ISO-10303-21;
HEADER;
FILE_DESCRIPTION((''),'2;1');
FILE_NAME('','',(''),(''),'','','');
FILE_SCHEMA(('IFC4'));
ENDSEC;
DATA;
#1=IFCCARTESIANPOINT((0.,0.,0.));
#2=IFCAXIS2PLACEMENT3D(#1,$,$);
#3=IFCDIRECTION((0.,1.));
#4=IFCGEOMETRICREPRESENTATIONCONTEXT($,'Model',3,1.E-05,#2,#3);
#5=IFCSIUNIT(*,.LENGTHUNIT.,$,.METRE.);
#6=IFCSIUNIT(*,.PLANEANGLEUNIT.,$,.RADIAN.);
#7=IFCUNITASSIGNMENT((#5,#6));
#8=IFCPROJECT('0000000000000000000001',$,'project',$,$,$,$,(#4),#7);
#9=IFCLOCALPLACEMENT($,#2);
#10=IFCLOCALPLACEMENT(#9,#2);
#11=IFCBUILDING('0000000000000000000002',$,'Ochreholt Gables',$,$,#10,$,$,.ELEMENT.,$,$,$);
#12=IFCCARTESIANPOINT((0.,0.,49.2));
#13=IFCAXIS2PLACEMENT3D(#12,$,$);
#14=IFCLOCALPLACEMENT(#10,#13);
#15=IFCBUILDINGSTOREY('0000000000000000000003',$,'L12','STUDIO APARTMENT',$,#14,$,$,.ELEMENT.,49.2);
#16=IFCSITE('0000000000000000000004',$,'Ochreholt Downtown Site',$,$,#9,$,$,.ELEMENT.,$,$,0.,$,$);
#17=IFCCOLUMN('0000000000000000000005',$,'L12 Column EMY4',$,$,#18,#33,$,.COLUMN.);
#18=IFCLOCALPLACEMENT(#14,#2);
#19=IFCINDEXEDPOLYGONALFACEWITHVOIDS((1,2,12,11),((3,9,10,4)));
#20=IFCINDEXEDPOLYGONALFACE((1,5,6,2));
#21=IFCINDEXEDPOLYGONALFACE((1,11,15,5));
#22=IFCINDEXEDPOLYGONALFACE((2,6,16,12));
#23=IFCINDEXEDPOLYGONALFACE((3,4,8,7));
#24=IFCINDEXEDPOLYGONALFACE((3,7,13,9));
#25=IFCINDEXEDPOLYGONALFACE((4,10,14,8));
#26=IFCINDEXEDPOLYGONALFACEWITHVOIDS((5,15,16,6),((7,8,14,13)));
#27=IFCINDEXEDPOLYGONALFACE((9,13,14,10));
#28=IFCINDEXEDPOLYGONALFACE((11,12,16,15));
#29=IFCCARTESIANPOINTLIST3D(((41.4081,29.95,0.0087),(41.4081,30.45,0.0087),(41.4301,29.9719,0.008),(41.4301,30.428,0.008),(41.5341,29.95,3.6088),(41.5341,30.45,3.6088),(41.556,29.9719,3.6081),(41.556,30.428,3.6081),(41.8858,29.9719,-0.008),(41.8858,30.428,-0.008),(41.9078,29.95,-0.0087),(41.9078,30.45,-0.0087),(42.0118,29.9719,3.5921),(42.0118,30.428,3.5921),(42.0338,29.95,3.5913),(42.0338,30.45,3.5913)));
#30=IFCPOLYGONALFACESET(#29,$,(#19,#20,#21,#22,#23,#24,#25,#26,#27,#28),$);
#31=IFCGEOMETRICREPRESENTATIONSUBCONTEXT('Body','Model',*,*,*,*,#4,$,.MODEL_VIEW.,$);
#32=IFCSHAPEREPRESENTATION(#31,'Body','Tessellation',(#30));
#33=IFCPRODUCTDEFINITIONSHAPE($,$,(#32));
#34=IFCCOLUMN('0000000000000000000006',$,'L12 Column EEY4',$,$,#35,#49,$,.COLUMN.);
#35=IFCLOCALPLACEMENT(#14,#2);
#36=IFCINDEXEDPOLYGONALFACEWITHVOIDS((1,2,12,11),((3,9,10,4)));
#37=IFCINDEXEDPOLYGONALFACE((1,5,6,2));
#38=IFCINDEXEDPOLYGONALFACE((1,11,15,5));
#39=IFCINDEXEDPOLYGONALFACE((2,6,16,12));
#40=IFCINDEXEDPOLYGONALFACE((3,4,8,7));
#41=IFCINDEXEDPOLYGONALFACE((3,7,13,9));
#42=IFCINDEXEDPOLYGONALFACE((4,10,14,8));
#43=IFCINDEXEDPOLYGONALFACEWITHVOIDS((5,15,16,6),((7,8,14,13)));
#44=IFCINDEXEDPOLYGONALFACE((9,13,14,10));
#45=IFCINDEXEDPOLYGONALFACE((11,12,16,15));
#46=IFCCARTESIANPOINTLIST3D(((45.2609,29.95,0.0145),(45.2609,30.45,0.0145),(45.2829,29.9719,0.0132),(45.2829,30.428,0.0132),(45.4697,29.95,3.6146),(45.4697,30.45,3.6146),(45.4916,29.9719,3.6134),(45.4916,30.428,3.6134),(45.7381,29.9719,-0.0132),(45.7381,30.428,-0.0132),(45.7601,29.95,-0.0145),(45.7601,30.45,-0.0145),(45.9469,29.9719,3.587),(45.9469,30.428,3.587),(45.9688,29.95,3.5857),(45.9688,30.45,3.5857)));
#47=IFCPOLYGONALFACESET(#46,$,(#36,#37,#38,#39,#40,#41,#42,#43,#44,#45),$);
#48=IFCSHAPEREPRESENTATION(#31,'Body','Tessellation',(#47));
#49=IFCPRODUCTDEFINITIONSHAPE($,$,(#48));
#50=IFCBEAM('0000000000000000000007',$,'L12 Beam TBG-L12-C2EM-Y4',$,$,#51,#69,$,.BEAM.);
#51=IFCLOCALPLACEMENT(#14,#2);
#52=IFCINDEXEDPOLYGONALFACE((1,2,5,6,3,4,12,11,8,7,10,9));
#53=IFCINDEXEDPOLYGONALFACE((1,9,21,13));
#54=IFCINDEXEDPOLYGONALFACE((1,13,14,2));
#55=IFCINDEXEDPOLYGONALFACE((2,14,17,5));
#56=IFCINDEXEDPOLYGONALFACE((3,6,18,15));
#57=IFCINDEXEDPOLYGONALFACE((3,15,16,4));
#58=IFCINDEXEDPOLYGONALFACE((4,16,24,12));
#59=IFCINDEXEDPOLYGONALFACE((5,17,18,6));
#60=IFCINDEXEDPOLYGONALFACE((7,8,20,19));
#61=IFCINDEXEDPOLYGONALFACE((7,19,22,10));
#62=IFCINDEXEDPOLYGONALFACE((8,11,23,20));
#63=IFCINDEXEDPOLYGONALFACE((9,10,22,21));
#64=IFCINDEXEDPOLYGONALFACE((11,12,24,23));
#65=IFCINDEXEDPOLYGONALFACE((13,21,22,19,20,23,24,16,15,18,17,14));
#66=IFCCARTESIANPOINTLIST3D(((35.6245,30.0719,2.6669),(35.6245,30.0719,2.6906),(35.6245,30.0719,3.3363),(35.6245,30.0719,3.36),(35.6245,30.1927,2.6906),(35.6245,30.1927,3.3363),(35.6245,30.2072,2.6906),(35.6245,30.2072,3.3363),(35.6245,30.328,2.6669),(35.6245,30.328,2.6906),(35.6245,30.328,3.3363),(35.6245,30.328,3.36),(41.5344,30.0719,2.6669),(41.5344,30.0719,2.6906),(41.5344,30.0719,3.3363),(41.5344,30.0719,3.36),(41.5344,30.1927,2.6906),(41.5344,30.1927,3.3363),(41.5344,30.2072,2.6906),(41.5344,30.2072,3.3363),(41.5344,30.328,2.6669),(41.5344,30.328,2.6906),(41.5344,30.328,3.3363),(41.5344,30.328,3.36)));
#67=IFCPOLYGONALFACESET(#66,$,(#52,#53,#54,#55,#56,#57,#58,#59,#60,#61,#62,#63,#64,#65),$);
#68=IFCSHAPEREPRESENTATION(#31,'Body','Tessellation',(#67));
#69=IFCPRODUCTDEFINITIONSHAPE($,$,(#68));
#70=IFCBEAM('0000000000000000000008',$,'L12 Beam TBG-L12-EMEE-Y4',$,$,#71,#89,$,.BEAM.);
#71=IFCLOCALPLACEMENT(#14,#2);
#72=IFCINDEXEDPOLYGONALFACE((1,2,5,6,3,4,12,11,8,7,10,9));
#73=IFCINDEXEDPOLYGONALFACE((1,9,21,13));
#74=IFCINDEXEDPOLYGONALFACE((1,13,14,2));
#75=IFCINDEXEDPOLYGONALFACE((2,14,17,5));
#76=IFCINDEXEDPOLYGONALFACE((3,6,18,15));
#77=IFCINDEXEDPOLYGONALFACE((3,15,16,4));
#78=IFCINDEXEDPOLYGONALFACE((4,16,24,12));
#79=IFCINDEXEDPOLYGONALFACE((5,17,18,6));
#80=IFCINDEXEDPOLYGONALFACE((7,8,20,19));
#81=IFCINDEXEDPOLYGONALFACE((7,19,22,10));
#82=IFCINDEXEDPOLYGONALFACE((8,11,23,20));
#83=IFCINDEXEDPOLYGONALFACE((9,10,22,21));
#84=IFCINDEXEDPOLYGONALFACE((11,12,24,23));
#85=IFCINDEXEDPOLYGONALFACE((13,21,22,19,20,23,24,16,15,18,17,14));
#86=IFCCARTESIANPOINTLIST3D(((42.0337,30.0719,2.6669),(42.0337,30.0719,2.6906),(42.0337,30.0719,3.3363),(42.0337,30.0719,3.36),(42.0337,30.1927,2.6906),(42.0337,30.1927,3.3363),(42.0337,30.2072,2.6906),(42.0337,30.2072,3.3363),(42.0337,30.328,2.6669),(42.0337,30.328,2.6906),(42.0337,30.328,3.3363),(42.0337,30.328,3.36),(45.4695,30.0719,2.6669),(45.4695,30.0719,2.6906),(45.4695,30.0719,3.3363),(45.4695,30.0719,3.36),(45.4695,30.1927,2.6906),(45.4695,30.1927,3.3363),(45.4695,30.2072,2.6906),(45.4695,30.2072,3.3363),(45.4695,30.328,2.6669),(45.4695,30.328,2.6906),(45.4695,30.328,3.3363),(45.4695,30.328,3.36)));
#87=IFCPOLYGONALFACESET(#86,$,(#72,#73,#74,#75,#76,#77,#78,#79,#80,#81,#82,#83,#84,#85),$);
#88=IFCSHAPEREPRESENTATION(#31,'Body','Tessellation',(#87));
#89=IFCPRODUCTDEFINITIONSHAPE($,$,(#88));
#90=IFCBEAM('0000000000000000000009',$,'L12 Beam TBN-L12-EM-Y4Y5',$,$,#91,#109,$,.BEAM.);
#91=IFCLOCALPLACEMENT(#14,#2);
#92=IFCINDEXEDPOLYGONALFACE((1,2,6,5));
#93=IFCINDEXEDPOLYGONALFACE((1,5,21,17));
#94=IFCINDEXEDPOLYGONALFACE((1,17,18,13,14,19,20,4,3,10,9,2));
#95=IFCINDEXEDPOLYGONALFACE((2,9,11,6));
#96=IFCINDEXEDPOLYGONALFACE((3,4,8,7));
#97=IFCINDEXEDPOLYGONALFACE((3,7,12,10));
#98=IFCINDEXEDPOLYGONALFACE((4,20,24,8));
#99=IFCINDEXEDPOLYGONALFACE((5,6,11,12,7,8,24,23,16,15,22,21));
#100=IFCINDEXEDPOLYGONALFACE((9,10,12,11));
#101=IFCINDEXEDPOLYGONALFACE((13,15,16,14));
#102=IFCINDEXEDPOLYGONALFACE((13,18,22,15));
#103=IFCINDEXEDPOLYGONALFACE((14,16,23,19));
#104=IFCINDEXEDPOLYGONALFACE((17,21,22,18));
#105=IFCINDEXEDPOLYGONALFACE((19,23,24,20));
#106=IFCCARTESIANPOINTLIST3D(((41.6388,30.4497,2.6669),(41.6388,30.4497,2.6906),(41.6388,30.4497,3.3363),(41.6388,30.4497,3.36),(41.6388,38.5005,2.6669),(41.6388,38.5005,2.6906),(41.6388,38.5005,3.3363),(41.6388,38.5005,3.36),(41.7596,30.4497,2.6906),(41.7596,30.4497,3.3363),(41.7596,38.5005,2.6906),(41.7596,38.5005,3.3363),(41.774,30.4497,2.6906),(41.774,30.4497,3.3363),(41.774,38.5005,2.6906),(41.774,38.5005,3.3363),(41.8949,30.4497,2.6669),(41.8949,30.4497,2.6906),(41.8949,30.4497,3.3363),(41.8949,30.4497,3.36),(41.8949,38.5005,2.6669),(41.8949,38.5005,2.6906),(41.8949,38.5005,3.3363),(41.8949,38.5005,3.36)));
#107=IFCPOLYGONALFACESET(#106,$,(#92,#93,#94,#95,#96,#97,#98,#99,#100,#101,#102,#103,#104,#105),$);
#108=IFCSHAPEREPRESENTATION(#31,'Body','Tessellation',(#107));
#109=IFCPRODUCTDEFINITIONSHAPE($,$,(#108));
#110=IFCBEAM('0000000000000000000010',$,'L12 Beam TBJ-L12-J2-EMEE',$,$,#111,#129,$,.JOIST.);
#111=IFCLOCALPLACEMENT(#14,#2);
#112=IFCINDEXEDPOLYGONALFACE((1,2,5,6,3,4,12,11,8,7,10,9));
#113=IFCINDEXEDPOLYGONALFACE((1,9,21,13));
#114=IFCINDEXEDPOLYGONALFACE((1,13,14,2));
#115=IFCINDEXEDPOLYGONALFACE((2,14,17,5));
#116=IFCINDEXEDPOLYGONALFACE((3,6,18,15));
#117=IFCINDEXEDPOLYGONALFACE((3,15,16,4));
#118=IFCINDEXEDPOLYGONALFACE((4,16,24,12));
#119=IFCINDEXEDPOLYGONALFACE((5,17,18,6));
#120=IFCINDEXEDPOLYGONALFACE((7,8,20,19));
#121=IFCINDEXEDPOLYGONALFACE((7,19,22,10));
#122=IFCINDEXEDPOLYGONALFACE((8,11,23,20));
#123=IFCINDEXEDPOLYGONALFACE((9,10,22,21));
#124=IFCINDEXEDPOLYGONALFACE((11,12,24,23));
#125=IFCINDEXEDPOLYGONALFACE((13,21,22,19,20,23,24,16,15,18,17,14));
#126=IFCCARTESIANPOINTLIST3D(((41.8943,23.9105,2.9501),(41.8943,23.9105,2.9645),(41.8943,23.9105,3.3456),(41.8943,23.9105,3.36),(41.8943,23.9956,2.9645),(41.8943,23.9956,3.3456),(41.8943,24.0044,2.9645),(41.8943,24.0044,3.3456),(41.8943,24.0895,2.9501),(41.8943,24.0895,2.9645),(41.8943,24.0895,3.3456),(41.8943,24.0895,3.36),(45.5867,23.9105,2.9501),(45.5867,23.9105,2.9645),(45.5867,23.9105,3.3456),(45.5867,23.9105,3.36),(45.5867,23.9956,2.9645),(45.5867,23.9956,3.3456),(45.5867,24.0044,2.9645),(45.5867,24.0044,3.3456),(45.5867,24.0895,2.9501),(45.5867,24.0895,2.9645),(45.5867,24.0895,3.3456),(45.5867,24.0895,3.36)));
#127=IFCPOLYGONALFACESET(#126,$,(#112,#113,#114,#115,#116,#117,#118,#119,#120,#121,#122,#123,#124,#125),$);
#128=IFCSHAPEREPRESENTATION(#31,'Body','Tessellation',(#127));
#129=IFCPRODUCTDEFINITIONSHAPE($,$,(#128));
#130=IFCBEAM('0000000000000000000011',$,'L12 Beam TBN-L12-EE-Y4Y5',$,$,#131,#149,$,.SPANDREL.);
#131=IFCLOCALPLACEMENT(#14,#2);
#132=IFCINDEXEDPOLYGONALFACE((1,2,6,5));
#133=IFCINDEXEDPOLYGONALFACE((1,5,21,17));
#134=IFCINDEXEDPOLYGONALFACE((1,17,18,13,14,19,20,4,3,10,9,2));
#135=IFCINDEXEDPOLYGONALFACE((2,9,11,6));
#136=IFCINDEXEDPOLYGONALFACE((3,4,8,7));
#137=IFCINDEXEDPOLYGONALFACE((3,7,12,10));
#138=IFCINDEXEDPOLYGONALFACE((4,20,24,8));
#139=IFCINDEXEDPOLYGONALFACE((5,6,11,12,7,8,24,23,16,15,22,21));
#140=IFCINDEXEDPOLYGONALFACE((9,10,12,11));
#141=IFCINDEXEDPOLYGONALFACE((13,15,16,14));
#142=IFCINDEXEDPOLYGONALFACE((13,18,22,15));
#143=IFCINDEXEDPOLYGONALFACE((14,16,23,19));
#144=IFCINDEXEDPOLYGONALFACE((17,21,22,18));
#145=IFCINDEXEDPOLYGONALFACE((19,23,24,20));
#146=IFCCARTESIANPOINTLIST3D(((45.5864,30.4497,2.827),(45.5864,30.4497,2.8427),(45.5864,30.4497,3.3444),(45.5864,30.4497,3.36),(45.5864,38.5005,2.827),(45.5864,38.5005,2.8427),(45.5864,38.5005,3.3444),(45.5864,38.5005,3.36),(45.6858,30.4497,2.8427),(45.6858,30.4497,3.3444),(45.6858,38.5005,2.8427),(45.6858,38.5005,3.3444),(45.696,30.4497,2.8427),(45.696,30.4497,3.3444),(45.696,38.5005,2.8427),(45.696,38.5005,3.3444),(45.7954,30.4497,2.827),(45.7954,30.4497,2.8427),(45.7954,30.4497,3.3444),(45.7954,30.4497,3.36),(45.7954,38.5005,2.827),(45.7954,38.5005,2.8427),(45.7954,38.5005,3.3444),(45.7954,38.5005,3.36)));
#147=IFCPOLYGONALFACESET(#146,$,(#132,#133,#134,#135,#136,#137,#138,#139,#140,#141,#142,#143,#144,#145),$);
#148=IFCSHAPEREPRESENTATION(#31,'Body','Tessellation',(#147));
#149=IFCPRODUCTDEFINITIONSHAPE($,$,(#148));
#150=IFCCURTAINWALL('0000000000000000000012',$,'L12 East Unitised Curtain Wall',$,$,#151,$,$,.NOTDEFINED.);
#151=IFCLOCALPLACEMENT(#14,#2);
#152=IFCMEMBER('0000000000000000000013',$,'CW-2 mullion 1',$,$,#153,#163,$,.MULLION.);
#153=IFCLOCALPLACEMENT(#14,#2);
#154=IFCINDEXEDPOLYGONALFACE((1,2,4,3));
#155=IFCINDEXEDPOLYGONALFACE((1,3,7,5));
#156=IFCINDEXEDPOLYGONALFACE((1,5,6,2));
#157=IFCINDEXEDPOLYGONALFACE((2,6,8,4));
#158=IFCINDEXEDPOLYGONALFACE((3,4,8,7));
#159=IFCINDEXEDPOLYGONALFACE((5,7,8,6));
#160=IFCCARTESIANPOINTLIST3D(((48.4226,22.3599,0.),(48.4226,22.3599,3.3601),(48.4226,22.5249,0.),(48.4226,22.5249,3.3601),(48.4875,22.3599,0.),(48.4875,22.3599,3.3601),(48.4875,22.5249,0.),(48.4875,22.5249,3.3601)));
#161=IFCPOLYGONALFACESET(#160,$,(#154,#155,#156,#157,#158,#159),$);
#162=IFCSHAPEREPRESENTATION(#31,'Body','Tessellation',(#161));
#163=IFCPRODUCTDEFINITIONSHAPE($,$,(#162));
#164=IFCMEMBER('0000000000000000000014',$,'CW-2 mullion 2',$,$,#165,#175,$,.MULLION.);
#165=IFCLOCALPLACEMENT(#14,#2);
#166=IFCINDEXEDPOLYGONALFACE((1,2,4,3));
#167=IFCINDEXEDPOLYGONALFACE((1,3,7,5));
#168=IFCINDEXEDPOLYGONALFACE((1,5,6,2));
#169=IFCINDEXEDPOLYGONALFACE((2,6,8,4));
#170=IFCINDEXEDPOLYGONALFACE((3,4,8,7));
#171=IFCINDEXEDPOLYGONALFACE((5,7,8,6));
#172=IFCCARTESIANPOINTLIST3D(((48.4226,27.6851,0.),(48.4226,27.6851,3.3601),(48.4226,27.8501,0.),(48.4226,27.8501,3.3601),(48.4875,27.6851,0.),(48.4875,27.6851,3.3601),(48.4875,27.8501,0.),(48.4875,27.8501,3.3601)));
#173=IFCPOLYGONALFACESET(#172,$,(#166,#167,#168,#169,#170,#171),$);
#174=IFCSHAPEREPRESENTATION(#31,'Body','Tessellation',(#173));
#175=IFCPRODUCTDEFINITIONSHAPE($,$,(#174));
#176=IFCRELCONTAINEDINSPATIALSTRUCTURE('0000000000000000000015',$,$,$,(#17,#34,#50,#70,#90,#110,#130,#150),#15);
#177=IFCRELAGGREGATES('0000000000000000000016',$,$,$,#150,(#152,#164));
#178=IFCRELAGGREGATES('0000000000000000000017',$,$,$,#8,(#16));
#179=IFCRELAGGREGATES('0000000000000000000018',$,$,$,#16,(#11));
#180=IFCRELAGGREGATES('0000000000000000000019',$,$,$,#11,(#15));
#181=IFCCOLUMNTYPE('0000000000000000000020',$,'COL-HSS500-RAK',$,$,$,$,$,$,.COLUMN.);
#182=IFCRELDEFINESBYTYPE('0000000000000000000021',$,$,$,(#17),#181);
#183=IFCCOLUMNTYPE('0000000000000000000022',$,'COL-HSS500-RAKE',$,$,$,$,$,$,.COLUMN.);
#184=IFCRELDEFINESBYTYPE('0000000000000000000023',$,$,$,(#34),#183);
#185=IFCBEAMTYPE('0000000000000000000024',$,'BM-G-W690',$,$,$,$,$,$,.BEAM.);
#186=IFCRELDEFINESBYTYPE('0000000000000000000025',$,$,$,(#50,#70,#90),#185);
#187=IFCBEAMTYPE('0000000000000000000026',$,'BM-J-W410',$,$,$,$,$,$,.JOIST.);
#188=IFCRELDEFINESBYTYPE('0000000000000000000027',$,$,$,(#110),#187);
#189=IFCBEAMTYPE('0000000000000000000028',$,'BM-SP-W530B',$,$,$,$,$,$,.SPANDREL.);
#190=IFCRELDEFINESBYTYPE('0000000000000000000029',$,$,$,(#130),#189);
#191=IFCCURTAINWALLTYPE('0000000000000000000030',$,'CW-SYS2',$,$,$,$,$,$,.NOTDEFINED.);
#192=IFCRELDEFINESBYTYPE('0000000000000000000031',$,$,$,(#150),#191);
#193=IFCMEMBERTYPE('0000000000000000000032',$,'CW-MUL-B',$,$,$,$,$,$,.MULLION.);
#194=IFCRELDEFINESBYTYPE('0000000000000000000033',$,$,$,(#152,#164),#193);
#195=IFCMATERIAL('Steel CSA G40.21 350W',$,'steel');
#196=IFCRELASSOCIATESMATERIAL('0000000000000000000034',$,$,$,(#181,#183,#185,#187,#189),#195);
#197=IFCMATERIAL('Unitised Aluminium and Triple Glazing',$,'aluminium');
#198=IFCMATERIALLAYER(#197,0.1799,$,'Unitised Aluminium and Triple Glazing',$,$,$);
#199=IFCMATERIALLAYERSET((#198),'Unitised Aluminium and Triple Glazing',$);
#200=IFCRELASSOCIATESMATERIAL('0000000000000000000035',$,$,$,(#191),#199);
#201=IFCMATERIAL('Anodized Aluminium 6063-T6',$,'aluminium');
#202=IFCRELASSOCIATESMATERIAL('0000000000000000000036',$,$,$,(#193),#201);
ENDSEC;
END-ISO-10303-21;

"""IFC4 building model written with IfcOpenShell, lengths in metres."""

from ifc_helpers import new_model, si_unit, direction, frame, origin, origin_2d, place, context, subcontext, project, spatial, rectangle, hollow_rectangle, i_section, extrude, material, layer, layer_set, material_profile, profile_set, type_object, element, aggregate, save


model = new_model("IFC4")

# Units and contexts
model_context = context("Model", 3, precision=1e-05, world=origin(), true_north=direction((0.0, 1.0)))
body_context = subcontext(model_context, "Body", "Model", "MODEL_VIEW")
ifc_project = project(units=[si_unit("LENGTHUNIT", "METRE"), si_unit("PLANEANGLEUNIT", "RADIAN")], contexts=[model_context])

# Site, building, storey
site_placement = place(None, origin())
site = spatial("IfcSite", under=ifc_project, at=site_placement, Name="Ochreholt Downtown Site", CompositionType="ELEMENT", RefElevation=0.0)
building_placement = place(site_placement, origin())
building = spatial("IfcBuilding", under=site, at=building_placement, Name="Ochreholt Gables", CompositionType="ELEMENT")
storey_placement = place(building_placement, frame((0.0, 0.0, 49.2)))
storey = spatial("IfcBuildingStorey", under=building, at=storey_placement, Name="L12", Description="STUDIO APARTMENT", CompositionType="ELEMENT", Elevation=49.2)

# Columns
ifc_material_1 = material(Name="Steel CSA G40.21 350W", Category="steel")
ifc_material_profile_1 = material_profile(ifc_material_1, hollow_rectangle(XDim=0.5, YDim=0.5, WallThickness=0.022, at=origin_2d()), Name="HSS500X500X22")
ifc_profile_set_1 = profile_set([ifc_material_profile_1], Name="Steel CSA G40.21 350W")
column_type_1 = type_object("IfcColumnType", Name="COL-HSS500-RAK", PredefinedType="COLUMN", material=ifc_profile_set_1)
column_1_placement = place(storey_placement, frame((41.658, 30.2, 0.0), z_axis=(0.034971, 0.0, 0.999388), x_axis=(0.0, 1.0, 0.0)))
element("IfcColumn", 1, at=column_1_placement, inside=storey, type_object=column_type_1, Name="L12 Column EMY4", PredefinedType="COLUMN", context=body_context, shape_type="SweptSolid", body=[
    extrude(hollow_rectangle(XDim=0.5, YDim=0.5, WallThickness=0.022, at=origin_2d()), origin(), (0.0, 0.0, 1.0), 3.6023),
])
ifc_material_profile_2 = material_profile(ifc_material_1, hollow_rectangle(XDim=0.5, YDim=0.5, WallThickness=0.022, at=origin_2d()), Name="HSS500X500X22")
ifc_profile_set_2 = profile_set([ifc_material_profile_2], Name="Steel CSA G40.21 350W")
column_type_2 = type_object("IfcColumnType", Name="COL-HSS500-RAKE", PredefinedType="COLUMN", material=ifc_profile_set_2)
column_2_placement = place(storey_placement, frame((45.5105, 30.2, 0.0), z_axis=(0.057885, 0.0, 0.998323), x_axis=(0.0, 1.0, 0.0)))
element("IfcColumn", 2, at=column_2_placement, inside=storey, type_object=column_type_2, Name="L12 Column EEY4", PredefinedType="COLUMN", context=body_context, shape_type="SweptSolid", body=[
    extrude(hollow_rectangle(XDim=0.5, YDim=0.5, WallThickness=0.022, at=origin_2d()), origin(), (0.0, 0.0, 1.0), 3.6062),
])

# Beams
ifc_material_profile_3 = material_profile(ifc_material_1, i_section(OverallWidth=0.2561, OverallDepth=0.6931, WebThickness=0.0144, FlangeThickness=0.0237, at=origin_2d()), Name="W690X170")
ifc_profile_set_3 = profile_set([ifc_material_profile_3], Name="Steel CSA G40.21 350W")
beam_type_1 = type_object("IfcBeamType", Name="BM-G-W690", PredefinedType="BEAM", material=ifc_profile_set_3)
beam_1_placement = place(storey_placement, frame((35.6245, 30.2, 3.0134), z_axis=(1.0, 0.0, 0.0), x_axis=(0.0, 1.0, 0.0)))
element("IfcBeam", 3, at=beam_1_placement, inside=storey, type_object=beam_type_1, Name="L12 Beam TBG-L12-C2EM-Y4", PredefinedType="BEAM", context=body_context, shape_type="SweptSolid", body=[
    extrude(i_section(OverallWidth=0.2561, OverallDepth=0.6931, WebThickness=0.0144, FlangeThickness=0.0237, at=origin_2d()), origin(), (0.0, 0.0, 1.0), 5.9099),
])
beam_2_placement = place(storey_placement, frame((42.0337, 30.2, 3.0134), z_axis=(1.0, 0.0, 0.0), x_axis=(0.0, 1.0, 0.0)))
element("IfcBeam", 4, at=beam_2_placement, inside=storey, type_object=beam_type_1, Name="L12 Beam TBG-L12-EMEE-Y4", PredefinedType="BEAM", context=body_context, shape_type="SweptSolid", body=[
    extrude(i_section(OverallWidth=0.2561, OverallDepth=0.6931, WebThickness=0.0144, FlangeThickness=0.0237, at=origin_2d()), origin(), (0.0, 0.0, 1.0), 3.4358),
])
beam_3_placement = place(storey_placement, frame((41.7668, 30.4497, 3.0134), z_axis=(0.0, 1.0, 0.0), x_axis=(-1.0, 0.0, 0.0)))
element("IfcBeam", 5, at=beam_3_placement, inside=storey, type_object=beam_type_1, Name="L12 Beam TBN-L12-EM-Y4Y5", PredefinedType="BEAM", context=body_context, shape_type="SweptSolid", body=[
    extrude(i_section(OverallWidth=0.2561, OverallDepth=0.6931, WebThickness=0.0144, FlangeThickness=0.0237, at=origin_2d()), origin(), (0.0, 0.0, 1.0), 8.0508),
])
ifc_material_profile_4 = material_profile(ifc_material_1, i_section(OverallWidth=0.179, OverallDepth=0.4099, WebThickness=0.0088, FlangeThickness=0.0144, at=origin_2d()), Name="W410X67")
ifc_profile_set_4 = profile_set([ifc_material_profile_4], Name="Steel CSA G40.21 350W")
beam_type_2 = type_object("IfcBeamType", Name="BM-J-W410", PredefinedType="JOIST", material=ifc_profile_set_4)
beam_4_placement = place(storey_placement, frame((41.8943, 24.0, 3.155), z_axis=(1.0, 0.0, 0.0), x_axis=(0.0, 1.0, 0.0)))
element("IfcBeam", 6, at=beam_4_placement, inside=storey, type_object=beam_type_2, Name="L12 Beam TBJ-L12-J2-EMEE", PredefinedType="JOIST", context=body_context, shape_type="SweptSolid", body=[
    extrude(i_section(OverallWidth=0.179, OverallDepth=0.4099, WebThickness=0.0088, FlangeThickness=0.0144, at=origin_2d()), origin(), (0.0, 0.0, 1.0), 3.6924),
])
ifc_material_profile_5 = material_profile(ifc_material_1, i_section(OverallWidth=0.209, OverallDepth=0.533, WebThickness=0.0103, FlangeThickness=0.0156, at=origin_2d()), Name="W530X92")
ifc_profile_set_5 = profile_set([ifc_material_profile_5], Name="Steel CSA G40.21 350W")
beam_type_3 = type_object("IfcBeamType", Name="BM-SP-W530B", PredefinedType="SPANDREL", material=ifc_profile_set_5)
beam_5_placement = place(storey_placement, frame((45.6909, 30.4497, 3.0935), z_axis=(0.0, 1.0, 0.0), x_axis=(-1.0, 0.0, 0.0)))
element("IfcBeam", 7, at=beam_5_placement, inside=storey, type_object=beam_type_3, Name="L12 Beam TBN-L12-EE-Y4Y5", PredefinedType="SPANDREL", context=body_context, shape_type="SweptSolid", body=[
    extrude(i_section(OverallWidth=0.209, OverallDepth=0.533, WebThickness=0.0103, FlangeThickness=0.0156, at=origin_2d()), origin(), (0.0, 0.0, 1.0), 8.0508),
])

# Curtain wall, members
ifc_material_2 = material(Name="Unitised Aluminium and Triple Glazing", Category="aluminium")
ifc_layer_1 = layer(ifc_material_2, 0.1799, Name="Unitised Aluminium and Triple Glazing")
ifc_layer_set_1 = layer_set([ifc_layer_1], Name="Unitised Aluminium and Triple Glazing")
curtain_wall_type = type_object("IfcCurtainWallType", Name="CW-SYS2", PredefinedType="NOTDEFINED", material=ifc_layer_set_1)
curtain_wall_placement = place(storey_placement, origin())
curtain_wall = element("IfcCurtainWall", 8, at=curtain_wall_placement, inside=storey, type_object=curtain_wall_type, Name="L12 East Unitised Curtain Wall", PredefinedType="NOTDEFINED")
ifc_material_3 = material(Name="Anodized Aluminium 6063-T6", Category="aluminium")
ifc_material_profile_6 = material_profile(ifc_material_3, rectangle(XDim=0.0649, YDim=0.165, at=origin_2d()), Name="CWM65X165")
ifc_profile_set_6 = profile_set([ifc_material_profile_6], Name="Anodized Aluminium 6063-T6")
member_type_1 = type_object("IfcMemberType", Name="CW-MUL-B", PredefinedType="MULLION", material=ifc_profile_set_6)
member_1_placement = place(storey_placement, frame((48.4551, 22.4424, 0.0), z_axis=(0.0, 0.0, 1.0), x_axis=(-1.0, 0.0, 0.0)))
member_1 = element("IfcMember", 9, at=member_1_placement, type_object=member_type_1, Name="CW-2 mullion 1", PredefinedType="MULLION", context=body_context, shape_type="SweptSolid", body=[
    extrude(rectangle(XDim=0.0649, YDim=0.165, at=origin_2d()), origin(), (0.0, 0.0, 1.0), 3.3601),
])
member_2_placement = place(storey_placement, frame((48.4551, 27.7676, 0.0), z_axis=(0.0, 0.0, 1.0), x_axis=(-1.0, 0.0, 0.0)))
member_2 = element("IfcMember", 10, at=member_2_placement, type_object=member_type_1, Name="CW-2 mullion 2", PredefinedType="MULLION", context=body_context, shape_type="SweptSolid", body=[
    extrude(rectangle(XDim=0.0649, YDim=0.165, at=origin_2d()), origin(), (0.0, 0.0, 1.0), 3.3601),
])
aggregate(curtain_wall, [member_1, member_2])

save(model, "model.ifc")
